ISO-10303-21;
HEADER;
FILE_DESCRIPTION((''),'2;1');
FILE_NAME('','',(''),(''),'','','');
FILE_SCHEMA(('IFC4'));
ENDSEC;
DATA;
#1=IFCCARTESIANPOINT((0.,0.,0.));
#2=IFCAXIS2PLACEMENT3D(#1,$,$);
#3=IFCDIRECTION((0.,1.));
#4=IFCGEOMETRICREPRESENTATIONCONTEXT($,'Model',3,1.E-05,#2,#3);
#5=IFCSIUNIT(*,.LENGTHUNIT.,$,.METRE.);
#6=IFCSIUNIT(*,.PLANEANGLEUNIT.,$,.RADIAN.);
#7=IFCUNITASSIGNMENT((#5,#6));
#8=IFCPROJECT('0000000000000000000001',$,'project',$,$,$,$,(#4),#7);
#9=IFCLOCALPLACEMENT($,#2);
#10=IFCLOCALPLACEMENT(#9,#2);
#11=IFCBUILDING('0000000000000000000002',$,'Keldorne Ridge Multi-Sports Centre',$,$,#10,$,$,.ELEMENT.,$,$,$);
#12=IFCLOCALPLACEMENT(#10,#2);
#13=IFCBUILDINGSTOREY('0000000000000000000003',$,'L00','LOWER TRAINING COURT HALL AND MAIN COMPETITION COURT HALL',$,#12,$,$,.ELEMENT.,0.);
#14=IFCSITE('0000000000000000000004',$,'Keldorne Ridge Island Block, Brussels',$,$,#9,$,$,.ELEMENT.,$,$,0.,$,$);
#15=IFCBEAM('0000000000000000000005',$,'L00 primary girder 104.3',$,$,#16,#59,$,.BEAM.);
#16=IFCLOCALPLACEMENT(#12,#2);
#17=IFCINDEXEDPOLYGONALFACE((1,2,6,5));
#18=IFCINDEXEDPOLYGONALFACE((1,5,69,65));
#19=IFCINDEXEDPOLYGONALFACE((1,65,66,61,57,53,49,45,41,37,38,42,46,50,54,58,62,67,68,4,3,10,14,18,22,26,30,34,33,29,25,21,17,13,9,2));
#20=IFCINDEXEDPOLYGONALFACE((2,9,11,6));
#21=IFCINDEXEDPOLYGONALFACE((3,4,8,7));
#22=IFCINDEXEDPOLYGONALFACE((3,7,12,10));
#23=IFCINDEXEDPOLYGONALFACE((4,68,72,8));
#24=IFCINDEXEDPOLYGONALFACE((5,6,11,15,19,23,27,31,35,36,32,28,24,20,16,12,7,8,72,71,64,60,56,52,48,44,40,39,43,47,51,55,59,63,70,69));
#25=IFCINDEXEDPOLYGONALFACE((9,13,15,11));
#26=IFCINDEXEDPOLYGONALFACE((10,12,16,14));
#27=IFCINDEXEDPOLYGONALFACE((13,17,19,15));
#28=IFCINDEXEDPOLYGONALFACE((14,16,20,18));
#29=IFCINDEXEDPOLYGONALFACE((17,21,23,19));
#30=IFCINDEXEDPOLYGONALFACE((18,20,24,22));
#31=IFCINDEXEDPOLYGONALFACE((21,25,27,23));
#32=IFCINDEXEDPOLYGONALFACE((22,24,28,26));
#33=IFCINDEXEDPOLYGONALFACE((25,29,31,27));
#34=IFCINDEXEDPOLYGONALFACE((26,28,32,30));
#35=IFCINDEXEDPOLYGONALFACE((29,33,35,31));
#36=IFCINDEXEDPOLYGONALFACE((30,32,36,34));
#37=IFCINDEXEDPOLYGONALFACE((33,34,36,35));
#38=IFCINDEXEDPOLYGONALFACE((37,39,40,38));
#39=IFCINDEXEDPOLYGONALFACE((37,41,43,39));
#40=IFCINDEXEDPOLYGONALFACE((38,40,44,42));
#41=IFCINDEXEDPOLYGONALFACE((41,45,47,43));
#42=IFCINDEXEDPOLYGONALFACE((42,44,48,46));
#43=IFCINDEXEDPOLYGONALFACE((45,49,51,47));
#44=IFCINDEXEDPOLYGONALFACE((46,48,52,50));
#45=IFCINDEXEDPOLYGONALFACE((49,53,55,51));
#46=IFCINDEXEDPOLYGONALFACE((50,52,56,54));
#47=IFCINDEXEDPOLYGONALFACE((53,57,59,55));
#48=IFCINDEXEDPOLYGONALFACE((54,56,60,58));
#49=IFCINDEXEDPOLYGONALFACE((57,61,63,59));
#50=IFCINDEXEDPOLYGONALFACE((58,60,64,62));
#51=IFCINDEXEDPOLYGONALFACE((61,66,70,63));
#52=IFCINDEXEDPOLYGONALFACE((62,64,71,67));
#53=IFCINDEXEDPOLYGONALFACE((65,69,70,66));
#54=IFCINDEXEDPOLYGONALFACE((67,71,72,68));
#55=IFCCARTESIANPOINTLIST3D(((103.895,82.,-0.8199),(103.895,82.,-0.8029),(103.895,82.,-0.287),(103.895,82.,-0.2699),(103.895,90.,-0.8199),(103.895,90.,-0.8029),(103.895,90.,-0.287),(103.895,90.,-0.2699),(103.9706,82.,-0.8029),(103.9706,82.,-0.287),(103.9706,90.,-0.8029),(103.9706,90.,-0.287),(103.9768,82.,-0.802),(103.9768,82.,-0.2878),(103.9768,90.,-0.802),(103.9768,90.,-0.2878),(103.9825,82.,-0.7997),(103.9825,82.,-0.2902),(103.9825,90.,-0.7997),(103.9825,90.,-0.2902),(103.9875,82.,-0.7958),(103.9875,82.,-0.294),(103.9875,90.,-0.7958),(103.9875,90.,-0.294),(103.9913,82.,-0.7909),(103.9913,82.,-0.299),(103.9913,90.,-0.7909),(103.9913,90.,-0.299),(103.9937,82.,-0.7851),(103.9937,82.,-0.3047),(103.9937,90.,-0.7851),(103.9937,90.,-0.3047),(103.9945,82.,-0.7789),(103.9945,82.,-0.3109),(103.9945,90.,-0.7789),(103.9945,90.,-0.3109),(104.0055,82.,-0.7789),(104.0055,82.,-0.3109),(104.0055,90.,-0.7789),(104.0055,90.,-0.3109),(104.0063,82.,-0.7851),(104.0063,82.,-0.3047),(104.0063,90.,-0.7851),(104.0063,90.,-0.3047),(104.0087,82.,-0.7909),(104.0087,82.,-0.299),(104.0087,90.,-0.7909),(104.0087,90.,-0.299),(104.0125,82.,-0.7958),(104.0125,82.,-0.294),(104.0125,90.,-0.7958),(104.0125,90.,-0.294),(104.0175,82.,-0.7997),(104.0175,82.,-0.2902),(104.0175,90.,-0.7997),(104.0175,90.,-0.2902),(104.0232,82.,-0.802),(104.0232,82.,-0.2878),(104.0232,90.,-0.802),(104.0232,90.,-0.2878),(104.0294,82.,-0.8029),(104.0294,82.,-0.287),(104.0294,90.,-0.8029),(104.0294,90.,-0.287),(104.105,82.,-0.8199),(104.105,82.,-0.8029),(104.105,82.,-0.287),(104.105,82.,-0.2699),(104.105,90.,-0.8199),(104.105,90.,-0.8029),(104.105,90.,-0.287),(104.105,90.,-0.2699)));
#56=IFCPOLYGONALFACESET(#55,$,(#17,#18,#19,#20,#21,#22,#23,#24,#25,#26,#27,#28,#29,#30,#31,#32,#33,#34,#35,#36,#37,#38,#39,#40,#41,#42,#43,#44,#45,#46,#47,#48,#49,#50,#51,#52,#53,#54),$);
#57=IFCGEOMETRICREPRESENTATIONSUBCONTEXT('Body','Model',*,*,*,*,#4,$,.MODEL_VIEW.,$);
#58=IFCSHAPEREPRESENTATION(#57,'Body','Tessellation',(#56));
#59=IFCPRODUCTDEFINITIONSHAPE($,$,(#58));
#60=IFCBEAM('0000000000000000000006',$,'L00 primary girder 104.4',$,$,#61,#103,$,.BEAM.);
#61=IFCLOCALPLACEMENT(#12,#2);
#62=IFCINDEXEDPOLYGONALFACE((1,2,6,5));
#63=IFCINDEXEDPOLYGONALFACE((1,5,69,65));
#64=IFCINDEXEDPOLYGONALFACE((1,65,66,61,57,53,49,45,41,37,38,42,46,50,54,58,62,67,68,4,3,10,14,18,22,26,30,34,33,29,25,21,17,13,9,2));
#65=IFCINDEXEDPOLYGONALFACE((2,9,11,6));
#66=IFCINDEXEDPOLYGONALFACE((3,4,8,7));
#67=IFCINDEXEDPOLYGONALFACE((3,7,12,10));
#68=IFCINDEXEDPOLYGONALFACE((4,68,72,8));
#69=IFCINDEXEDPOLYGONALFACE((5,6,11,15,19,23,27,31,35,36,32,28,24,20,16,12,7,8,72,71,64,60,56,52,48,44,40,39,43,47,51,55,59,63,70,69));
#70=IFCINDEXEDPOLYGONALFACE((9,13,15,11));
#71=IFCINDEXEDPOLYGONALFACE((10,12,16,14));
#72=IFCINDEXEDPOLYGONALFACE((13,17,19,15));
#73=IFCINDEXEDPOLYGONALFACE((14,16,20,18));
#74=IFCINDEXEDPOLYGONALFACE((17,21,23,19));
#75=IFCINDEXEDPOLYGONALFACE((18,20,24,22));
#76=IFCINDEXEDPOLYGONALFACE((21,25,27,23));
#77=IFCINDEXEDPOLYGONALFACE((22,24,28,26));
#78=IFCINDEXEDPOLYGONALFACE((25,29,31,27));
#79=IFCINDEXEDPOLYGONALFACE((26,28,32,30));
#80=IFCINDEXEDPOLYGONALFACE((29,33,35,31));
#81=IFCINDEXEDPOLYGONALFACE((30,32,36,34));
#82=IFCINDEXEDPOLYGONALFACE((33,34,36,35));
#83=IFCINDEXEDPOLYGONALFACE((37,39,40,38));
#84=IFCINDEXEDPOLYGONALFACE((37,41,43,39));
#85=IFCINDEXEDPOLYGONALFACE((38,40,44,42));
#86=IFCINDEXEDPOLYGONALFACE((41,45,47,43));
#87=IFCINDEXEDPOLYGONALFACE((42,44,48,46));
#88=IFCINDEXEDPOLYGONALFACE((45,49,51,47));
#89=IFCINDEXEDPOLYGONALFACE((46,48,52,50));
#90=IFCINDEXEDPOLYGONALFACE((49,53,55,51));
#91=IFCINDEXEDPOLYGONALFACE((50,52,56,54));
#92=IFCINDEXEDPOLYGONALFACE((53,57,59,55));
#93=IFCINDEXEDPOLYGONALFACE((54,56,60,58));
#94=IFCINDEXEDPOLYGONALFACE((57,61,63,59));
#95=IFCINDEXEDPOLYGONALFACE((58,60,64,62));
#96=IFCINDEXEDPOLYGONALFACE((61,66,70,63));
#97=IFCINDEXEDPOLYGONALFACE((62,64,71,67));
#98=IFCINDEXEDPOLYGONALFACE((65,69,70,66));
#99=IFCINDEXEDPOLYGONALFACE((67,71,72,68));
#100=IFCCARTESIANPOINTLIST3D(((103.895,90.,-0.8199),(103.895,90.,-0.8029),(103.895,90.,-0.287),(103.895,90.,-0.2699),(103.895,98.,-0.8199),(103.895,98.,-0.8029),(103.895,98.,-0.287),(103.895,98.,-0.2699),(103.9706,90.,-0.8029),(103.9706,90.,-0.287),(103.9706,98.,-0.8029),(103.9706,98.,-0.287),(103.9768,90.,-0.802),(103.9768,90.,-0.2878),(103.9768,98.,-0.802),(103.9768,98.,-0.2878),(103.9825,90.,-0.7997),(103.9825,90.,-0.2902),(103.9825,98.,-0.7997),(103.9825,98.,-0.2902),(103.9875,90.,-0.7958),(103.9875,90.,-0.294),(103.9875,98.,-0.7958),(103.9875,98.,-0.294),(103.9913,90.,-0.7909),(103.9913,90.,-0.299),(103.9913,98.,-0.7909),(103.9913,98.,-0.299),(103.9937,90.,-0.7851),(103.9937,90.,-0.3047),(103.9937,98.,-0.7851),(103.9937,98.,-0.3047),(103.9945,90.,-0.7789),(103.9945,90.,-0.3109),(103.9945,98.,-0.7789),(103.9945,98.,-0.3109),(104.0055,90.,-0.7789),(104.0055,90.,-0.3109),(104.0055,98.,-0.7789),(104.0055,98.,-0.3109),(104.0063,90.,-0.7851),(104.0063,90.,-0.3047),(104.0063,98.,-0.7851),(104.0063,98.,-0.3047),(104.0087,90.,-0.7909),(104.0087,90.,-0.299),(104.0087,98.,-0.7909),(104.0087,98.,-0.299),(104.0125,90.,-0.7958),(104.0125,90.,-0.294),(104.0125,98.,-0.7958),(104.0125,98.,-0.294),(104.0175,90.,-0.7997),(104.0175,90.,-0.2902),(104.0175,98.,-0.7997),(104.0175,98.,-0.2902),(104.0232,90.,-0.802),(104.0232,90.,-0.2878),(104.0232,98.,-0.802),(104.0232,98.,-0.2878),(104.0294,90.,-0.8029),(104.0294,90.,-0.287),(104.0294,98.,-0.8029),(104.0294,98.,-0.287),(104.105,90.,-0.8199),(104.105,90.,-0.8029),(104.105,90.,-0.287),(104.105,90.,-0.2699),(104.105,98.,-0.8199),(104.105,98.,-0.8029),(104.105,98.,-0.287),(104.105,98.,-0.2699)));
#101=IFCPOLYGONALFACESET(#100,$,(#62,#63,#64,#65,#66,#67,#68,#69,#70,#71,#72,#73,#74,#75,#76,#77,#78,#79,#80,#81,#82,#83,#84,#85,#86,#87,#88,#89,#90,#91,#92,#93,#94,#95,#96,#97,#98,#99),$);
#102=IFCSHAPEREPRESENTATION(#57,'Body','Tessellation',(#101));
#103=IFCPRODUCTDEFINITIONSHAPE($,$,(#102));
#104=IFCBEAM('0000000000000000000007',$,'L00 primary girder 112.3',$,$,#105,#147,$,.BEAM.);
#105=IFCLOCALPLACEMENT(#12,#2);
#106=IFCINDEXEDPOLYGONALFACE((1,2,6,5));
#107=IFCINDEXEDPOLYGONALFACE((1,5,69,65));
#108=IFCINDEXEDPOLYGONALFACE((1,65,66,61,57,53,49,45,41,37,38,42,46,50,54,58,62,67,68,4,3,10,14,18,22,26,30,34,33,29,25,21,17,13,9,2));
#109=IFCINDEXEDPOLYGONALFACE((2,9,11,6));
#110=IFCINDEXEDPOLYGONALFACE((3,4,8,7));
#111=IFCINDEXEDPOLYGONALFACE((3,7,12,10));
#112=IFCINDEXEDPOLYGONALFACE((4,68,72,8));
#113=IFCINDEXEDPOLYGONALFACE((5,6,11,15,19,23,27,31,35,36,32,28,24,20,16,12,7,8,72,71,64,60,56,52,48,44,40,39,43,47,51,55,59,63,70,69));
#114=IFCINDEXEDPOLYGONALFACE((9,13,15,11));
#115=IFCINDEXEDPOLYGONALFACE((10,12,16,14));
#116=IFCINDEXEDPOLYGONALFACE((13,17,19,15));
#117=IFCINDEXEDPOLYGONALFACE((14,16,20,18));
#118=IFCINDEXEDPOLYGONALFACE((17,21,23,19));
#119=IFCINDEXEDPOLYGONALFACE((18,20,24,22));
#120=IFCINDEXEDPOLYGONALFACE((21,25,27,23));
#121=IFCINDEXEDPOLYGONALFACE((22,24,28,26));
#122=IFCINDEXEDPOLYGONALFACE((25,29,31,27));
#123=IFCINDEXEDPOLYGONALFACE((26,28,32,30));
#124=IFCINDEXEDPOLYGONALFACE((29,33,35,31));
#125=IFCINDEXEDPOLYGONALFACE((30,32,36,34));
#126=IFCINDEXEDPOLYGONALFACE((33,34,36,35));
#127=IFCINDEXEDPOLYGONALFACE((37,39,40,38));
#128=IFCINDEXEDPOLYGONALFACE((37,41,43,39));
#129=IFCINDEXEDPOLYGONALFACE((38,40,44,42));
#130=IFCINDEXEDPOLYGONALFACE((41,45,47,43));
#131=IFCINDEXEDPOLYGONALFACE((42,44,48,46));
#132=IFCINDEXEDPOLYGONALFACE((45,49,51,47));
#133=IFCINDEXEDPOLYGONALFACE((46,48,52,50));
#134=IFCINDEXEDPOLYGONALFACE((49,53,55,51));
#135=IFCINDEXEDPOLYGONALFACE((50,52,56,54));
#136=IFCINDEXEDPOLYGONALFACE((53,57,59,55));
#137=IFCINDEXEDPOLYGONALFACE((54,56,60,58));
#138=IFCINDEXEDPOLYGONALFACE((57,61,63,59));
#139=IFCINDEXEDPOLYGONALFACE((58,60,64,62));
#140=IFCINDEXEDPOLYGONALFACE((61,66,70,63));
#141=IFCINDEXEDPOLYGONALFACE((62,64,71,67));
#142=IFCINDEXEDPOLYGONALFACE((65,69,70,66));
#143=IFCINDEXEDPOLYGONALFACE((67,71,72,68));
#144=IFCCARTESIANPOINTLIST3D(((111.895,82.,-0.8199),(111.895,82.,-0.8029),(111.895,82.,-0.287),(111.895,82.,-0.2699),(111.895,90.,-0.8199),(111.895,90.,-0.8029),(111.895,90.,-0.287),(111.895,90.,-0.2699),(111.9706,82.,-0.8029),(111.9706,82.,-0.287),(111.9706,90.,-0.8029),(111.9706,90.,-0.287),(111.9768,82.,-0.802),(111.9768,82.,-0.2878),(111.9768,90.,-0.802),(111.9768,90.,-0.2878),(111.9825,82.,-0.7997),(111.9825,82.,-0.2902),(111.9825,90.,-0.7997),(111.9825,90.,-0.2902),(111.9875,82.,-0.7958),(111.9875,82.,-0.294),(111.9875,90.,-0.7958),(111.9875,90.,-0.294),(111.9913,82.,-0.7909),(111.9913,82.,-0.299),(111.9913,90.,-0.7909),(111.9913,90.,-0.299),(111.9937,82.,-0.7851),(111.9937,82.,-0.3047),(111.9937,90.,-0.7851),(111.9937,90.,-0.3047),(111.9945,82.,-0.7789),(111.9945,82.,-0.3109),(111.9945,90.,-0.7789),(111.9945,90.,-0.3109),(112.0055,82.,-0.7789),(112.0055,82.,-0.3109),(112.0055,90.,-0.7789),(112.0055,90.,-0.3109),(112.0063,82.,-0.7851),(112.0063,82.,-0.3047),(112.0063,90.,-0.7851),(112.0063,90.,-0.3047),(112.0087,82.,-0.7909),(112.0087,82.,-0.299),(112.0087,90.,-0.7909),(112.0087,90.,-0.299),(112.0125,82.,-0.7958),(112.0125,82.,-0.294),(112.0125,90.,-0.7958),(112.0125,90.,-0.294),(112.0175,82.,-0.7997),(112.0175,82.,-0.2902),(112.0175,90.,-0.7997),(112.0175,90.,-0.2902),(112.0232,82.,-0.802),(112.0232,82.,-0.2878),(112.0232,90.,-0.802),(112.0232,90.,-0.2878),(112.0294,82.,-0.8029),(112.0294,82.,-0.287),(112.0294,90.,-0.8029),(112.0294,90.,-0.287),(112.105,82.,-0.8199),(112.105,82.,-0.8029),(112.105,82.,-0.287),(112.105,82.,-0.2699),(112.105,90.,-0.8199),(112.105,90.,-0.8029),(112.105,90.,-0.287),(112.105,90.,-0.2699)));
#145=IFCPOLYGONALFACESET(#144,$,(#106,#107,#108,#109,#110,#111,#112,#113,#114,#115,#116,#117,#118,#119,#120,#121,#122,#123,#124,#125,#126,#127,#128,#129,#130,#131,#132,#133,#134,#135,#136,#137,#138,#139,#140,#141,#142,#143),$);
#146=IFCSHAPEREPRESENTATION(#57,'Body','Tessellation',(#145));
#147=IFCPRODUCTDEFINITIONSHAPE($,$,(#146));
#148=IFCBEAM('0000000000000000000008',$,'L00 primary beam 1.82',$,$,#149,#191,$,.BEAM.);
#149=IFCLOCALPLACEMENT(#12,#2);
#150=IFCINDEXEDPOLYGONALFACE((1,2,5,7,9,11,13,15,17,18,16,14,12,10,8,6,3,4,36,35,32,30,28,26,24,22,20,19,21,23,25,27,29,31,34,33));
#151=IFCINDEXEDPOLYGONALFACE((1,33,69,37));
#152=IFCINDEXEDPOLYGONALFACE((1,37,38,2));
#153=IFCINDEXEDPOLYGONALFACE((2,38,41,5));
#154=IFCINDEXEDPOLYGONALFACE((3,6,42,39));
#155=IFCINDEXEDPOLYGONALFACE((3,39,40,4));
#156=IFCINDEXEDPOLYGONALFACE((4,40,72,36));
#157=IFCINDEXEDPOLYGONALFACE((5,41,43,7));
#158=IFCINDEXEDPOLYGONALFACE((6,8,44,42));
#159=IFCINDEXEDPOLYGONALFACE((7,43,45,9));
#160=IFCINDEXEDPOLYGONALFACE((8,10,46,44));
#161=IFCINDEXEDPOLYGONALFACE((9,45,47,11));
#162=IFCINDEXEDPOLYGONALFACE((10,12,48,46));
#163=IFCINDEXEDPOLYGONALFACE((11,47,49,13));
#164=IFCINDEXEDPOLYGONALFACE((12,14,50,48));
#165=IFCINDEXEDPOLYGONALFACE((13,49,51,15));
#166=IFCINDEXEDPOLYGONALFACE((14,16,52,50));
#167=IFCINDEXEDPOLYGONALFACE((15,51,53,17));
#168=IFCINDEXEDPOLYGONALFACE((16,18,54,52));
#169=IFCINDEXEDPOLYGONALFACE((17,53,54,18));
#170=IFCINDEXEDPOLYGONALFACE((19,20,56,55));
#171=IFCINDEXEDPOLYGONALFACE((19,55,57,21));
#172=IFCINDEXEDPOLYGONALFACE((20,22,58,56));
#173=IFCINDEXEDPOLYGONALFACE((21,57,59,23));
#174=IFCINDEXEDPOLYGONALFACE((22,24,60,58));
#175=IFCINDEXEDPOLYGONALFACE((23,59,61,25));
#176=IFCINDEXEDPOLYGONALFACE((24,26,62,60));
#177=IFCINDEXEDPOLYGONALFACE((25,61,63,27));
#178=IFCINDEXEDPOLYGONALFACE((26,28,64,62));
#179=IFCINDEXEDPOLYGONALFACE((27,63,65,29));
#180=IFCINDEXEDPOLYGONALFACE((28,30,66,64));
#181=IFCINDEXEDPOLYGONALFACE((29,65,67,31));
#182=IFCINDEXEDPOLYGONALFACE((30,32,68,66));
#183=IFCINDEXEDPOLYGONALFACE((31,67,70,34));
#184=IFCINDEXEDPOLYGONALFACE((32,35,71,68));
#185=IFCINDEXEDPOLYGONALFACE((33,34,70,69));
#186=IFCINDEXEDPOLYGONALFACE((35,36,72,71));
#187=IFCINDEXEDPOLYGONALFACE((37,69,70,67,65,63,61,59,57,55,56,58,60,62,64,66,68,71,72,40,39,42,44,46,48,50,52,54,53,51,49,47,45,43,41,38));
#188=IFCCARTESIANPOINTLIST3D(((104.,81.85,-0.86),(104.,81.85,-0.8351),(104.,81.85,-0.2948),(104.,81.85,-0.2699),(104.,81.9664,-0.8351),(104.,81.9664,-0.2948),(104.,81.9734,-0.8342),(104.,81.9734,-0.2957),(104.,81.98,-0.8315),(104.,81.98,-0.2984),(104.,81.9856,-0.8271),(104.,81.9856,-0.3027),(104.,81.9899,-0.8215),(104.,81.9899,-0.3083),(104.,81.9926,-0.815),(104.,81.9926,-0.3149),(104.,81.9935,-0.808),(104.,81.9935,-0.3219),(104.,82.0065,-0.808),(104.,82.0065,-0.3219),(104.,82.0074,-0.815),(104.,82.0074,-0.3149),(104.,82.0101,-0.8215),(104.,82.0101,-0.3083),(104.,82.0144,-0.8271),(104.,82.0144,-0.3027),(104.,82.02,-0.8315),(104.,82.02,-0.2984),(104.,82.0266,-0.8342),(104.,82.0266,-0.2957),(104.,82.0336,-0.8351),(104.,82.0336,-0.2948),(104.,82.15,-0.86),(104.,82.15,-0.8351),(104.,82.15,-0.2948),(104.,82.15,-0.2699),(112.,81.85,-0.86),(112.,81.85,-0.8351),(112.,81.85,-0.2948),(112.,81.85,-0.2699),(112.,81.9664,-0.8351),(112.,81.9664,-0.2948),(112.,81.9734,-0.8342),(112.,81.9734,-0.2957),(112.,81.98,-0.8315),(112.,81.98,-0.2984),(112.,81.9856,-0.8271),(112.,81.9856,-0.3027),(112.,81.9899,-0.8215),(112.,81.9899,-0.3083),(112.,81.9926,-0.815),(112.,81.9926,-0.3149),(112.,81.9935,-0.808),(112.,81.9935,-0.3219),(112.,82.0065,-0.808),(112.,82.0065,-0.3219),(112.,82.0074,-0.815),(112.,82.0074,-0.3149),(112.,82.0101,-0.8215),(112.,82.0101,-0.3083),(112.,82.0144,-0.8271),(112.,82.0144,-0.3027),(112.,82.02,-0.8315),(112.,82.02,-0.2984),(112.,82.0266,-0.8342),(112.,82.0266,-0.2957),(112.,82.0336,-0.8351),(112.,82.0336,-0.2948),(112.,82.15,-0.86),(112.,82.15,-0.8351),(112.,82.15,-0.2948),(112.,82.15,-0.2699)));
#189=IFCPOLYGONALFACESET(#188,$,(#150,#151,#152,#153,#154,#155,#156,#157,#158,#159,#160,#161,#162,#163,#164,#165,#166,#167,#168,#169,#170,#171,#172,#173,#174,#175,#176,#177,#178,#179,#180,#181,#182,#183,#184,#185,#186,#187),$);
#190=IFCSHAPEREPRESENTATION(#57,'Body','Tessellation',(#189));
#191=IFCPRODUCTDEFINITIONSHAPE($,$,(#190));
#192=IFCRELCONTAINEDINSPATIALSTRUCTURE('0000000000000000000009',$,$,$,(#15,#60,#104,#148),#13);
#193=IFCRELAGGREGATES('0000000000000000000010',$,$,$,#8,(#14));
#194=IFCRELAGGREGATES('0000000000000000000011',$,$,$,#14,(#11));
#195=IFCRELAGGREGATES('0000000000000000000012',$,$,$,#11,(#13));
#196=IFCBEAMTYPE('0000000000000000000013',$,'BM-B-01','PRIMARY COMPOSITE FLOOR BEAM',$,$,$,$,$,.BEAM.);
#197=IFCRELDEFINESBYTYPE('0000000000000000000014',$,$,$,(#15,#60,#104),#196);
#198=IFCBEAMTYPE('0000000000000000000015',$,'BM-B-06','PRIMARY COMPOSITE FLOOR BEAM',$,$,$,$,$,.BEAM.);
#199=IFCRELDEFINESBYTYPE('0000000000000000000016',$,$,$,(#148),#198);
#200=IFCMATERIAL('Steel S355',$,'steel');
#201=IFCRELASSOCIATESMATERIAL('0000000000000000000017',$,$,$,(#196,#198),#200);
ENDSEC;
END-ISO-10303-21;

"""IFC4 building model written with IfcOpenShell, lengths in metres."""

from ifc_helpers import new_model, si_unit, direction, frame, origin, origin_2d, place, context, subcontext, project, spatial, i_section, extrude, material, material_profile, profile_set, type_object, element, save


model = new_model("IFC4")

# Units and contexts
model_context = context("Model", 3, precision=1e-05, world=origin(), true_north=direction((0.0, 1.0)))
body_context = subcontext(model_context, "Body", "Model", "MODEL_VIEW")
ifc_project = project(units=[si_unit("LENGTHUNIT", "METRE"), si_unit("PLANEANGLEUNIT", "RADIAN")], contexts=[model_context])

# Site, building, storey
site_placement = place(None, origin())
site = spatial("IfcSite", under=ifc_project, at=site_placement, Name="Keldorne Ridge Island Block, Brussels", CompositionType="ELEMENT", RefElevation=0.0)
building_placement = place(site_placement, origin())
building = spatial("IfcBuilding", under=site, at=building_placement, Name="Keldorne Ridge Multi-Sports Centre", CompositionType="ELEMENT")
storey_placement = place(building_placement, origin())
storey = spatial("IfcBuildingStorey", under=building, at=storey_placement, Name="L00", Description="LOWER TRAINING COURT HALL AND MAIN COMPETITION COURT HALL", CompositionType="ELEMENT", Elevation=0.0)

# Shared definitions
ifc_material_1 = material(Name="Steel S355", Category="steel")

# Beams
ifc_material_profile_1 = material_profile(ifc_material_1, i_section(OverallWidth=0.21, OverallDepth=0.55, WebThickness=0.011, FlangeThickness=0.0171, FilletRadius=0.0239, at=origin_2d()), Name="IPE 550")
ifc_profile_set_1 = profile_set([ifc_material_profile_1], Name="Steel S355")
beam_type_1 = type_object("IfcBeamType", Name="BM-B-01", Description="PRIMARY COMPOSITE FLOOR BEAM", PredefinedType="BEAM", material=ifc_profile_set_1)
for number, where, z_axis, x_axis, name in (
    (1, (104.0, 82.0, -0.5449), (0.0, 1.0, 0.0), (-1.0, 0.0, 0.0), "L00 primary girder 104.3"),
    (2, (104.0, 90.0, -0.5449), (0.0, 1.0, 0.0), (-1.0, 0.0, 0.0), "L00 primary girder 104.4"),
    (3, (112.0, 82.0, -0.5449), (0.0, 1.0, 0.0), (-1.0, 0.0, 0.0), "L00 primary girder 112.3"),
):
    element("IfcBeam", number, at=place(storey_placement, frame(where, z_axis=z_axis, x_axis=x_axis)), inside=storey, type_object=beam_type_1, Name=name, PredefinedType="BEAM", context=body_context, shape_type="SweptSolid", body=[
        extrude(i_section(OverallWidth=0.21, OverallDepth=0.55, WebThickness=0.011, FlangeThickness=0.0171, FilletRadius=0.0239, at=origin_2d()), origin(), (0.0, 0.0, 1.0), 8.0),
    ])
ifc_material_profile_2 = material_profile(ifc_material_1, i_section(OverallWidth=0.3, OverallDepth=0.5901, WebThickness=0.0129, FlangeThickness=0.0249, FilletRadius=0.0271, at=origin_2d()), Name="HEA 600")
ifc_profile_set_2 = profile_set([ifc_material_profile_2], Name="Steel S355")
beam_type_2 = type_object("IfcBeamType", Name="BM-B-06", Description="PRIMARY COMPOSITE FLOOR BEAM", PredefinedType="BEAM", material=ifc_profile_set_2)
for number, where, z_axis, x_axis, name in (
    (4, (104.0, 82.0, -0.5649), (1.0, 0.0, 0.0), (0.0, 1.0, 0.0), "L00 primary beam 1.82"),
):
    element("IfcBeam", number, at=place(storey_placement, frame(where, z_axis=z_axis, x_axis=x_axis)), inside=storey, type_object=beam_type_2, Name=name, PredefinedType="BEAM", context=body_context, shape_type="SweptSolid", body=[
        extrude(i_section(OverallWidth=0.3, OverallDepth=0.5901, WebThickness=0.0129, FlangeThickness=0.0249, FilletRadius=0.0271, at=origin_2d()), origin(), (0.0, 0.0, 1.0), 8.0),
    ])

save(model, "model.ifc")
